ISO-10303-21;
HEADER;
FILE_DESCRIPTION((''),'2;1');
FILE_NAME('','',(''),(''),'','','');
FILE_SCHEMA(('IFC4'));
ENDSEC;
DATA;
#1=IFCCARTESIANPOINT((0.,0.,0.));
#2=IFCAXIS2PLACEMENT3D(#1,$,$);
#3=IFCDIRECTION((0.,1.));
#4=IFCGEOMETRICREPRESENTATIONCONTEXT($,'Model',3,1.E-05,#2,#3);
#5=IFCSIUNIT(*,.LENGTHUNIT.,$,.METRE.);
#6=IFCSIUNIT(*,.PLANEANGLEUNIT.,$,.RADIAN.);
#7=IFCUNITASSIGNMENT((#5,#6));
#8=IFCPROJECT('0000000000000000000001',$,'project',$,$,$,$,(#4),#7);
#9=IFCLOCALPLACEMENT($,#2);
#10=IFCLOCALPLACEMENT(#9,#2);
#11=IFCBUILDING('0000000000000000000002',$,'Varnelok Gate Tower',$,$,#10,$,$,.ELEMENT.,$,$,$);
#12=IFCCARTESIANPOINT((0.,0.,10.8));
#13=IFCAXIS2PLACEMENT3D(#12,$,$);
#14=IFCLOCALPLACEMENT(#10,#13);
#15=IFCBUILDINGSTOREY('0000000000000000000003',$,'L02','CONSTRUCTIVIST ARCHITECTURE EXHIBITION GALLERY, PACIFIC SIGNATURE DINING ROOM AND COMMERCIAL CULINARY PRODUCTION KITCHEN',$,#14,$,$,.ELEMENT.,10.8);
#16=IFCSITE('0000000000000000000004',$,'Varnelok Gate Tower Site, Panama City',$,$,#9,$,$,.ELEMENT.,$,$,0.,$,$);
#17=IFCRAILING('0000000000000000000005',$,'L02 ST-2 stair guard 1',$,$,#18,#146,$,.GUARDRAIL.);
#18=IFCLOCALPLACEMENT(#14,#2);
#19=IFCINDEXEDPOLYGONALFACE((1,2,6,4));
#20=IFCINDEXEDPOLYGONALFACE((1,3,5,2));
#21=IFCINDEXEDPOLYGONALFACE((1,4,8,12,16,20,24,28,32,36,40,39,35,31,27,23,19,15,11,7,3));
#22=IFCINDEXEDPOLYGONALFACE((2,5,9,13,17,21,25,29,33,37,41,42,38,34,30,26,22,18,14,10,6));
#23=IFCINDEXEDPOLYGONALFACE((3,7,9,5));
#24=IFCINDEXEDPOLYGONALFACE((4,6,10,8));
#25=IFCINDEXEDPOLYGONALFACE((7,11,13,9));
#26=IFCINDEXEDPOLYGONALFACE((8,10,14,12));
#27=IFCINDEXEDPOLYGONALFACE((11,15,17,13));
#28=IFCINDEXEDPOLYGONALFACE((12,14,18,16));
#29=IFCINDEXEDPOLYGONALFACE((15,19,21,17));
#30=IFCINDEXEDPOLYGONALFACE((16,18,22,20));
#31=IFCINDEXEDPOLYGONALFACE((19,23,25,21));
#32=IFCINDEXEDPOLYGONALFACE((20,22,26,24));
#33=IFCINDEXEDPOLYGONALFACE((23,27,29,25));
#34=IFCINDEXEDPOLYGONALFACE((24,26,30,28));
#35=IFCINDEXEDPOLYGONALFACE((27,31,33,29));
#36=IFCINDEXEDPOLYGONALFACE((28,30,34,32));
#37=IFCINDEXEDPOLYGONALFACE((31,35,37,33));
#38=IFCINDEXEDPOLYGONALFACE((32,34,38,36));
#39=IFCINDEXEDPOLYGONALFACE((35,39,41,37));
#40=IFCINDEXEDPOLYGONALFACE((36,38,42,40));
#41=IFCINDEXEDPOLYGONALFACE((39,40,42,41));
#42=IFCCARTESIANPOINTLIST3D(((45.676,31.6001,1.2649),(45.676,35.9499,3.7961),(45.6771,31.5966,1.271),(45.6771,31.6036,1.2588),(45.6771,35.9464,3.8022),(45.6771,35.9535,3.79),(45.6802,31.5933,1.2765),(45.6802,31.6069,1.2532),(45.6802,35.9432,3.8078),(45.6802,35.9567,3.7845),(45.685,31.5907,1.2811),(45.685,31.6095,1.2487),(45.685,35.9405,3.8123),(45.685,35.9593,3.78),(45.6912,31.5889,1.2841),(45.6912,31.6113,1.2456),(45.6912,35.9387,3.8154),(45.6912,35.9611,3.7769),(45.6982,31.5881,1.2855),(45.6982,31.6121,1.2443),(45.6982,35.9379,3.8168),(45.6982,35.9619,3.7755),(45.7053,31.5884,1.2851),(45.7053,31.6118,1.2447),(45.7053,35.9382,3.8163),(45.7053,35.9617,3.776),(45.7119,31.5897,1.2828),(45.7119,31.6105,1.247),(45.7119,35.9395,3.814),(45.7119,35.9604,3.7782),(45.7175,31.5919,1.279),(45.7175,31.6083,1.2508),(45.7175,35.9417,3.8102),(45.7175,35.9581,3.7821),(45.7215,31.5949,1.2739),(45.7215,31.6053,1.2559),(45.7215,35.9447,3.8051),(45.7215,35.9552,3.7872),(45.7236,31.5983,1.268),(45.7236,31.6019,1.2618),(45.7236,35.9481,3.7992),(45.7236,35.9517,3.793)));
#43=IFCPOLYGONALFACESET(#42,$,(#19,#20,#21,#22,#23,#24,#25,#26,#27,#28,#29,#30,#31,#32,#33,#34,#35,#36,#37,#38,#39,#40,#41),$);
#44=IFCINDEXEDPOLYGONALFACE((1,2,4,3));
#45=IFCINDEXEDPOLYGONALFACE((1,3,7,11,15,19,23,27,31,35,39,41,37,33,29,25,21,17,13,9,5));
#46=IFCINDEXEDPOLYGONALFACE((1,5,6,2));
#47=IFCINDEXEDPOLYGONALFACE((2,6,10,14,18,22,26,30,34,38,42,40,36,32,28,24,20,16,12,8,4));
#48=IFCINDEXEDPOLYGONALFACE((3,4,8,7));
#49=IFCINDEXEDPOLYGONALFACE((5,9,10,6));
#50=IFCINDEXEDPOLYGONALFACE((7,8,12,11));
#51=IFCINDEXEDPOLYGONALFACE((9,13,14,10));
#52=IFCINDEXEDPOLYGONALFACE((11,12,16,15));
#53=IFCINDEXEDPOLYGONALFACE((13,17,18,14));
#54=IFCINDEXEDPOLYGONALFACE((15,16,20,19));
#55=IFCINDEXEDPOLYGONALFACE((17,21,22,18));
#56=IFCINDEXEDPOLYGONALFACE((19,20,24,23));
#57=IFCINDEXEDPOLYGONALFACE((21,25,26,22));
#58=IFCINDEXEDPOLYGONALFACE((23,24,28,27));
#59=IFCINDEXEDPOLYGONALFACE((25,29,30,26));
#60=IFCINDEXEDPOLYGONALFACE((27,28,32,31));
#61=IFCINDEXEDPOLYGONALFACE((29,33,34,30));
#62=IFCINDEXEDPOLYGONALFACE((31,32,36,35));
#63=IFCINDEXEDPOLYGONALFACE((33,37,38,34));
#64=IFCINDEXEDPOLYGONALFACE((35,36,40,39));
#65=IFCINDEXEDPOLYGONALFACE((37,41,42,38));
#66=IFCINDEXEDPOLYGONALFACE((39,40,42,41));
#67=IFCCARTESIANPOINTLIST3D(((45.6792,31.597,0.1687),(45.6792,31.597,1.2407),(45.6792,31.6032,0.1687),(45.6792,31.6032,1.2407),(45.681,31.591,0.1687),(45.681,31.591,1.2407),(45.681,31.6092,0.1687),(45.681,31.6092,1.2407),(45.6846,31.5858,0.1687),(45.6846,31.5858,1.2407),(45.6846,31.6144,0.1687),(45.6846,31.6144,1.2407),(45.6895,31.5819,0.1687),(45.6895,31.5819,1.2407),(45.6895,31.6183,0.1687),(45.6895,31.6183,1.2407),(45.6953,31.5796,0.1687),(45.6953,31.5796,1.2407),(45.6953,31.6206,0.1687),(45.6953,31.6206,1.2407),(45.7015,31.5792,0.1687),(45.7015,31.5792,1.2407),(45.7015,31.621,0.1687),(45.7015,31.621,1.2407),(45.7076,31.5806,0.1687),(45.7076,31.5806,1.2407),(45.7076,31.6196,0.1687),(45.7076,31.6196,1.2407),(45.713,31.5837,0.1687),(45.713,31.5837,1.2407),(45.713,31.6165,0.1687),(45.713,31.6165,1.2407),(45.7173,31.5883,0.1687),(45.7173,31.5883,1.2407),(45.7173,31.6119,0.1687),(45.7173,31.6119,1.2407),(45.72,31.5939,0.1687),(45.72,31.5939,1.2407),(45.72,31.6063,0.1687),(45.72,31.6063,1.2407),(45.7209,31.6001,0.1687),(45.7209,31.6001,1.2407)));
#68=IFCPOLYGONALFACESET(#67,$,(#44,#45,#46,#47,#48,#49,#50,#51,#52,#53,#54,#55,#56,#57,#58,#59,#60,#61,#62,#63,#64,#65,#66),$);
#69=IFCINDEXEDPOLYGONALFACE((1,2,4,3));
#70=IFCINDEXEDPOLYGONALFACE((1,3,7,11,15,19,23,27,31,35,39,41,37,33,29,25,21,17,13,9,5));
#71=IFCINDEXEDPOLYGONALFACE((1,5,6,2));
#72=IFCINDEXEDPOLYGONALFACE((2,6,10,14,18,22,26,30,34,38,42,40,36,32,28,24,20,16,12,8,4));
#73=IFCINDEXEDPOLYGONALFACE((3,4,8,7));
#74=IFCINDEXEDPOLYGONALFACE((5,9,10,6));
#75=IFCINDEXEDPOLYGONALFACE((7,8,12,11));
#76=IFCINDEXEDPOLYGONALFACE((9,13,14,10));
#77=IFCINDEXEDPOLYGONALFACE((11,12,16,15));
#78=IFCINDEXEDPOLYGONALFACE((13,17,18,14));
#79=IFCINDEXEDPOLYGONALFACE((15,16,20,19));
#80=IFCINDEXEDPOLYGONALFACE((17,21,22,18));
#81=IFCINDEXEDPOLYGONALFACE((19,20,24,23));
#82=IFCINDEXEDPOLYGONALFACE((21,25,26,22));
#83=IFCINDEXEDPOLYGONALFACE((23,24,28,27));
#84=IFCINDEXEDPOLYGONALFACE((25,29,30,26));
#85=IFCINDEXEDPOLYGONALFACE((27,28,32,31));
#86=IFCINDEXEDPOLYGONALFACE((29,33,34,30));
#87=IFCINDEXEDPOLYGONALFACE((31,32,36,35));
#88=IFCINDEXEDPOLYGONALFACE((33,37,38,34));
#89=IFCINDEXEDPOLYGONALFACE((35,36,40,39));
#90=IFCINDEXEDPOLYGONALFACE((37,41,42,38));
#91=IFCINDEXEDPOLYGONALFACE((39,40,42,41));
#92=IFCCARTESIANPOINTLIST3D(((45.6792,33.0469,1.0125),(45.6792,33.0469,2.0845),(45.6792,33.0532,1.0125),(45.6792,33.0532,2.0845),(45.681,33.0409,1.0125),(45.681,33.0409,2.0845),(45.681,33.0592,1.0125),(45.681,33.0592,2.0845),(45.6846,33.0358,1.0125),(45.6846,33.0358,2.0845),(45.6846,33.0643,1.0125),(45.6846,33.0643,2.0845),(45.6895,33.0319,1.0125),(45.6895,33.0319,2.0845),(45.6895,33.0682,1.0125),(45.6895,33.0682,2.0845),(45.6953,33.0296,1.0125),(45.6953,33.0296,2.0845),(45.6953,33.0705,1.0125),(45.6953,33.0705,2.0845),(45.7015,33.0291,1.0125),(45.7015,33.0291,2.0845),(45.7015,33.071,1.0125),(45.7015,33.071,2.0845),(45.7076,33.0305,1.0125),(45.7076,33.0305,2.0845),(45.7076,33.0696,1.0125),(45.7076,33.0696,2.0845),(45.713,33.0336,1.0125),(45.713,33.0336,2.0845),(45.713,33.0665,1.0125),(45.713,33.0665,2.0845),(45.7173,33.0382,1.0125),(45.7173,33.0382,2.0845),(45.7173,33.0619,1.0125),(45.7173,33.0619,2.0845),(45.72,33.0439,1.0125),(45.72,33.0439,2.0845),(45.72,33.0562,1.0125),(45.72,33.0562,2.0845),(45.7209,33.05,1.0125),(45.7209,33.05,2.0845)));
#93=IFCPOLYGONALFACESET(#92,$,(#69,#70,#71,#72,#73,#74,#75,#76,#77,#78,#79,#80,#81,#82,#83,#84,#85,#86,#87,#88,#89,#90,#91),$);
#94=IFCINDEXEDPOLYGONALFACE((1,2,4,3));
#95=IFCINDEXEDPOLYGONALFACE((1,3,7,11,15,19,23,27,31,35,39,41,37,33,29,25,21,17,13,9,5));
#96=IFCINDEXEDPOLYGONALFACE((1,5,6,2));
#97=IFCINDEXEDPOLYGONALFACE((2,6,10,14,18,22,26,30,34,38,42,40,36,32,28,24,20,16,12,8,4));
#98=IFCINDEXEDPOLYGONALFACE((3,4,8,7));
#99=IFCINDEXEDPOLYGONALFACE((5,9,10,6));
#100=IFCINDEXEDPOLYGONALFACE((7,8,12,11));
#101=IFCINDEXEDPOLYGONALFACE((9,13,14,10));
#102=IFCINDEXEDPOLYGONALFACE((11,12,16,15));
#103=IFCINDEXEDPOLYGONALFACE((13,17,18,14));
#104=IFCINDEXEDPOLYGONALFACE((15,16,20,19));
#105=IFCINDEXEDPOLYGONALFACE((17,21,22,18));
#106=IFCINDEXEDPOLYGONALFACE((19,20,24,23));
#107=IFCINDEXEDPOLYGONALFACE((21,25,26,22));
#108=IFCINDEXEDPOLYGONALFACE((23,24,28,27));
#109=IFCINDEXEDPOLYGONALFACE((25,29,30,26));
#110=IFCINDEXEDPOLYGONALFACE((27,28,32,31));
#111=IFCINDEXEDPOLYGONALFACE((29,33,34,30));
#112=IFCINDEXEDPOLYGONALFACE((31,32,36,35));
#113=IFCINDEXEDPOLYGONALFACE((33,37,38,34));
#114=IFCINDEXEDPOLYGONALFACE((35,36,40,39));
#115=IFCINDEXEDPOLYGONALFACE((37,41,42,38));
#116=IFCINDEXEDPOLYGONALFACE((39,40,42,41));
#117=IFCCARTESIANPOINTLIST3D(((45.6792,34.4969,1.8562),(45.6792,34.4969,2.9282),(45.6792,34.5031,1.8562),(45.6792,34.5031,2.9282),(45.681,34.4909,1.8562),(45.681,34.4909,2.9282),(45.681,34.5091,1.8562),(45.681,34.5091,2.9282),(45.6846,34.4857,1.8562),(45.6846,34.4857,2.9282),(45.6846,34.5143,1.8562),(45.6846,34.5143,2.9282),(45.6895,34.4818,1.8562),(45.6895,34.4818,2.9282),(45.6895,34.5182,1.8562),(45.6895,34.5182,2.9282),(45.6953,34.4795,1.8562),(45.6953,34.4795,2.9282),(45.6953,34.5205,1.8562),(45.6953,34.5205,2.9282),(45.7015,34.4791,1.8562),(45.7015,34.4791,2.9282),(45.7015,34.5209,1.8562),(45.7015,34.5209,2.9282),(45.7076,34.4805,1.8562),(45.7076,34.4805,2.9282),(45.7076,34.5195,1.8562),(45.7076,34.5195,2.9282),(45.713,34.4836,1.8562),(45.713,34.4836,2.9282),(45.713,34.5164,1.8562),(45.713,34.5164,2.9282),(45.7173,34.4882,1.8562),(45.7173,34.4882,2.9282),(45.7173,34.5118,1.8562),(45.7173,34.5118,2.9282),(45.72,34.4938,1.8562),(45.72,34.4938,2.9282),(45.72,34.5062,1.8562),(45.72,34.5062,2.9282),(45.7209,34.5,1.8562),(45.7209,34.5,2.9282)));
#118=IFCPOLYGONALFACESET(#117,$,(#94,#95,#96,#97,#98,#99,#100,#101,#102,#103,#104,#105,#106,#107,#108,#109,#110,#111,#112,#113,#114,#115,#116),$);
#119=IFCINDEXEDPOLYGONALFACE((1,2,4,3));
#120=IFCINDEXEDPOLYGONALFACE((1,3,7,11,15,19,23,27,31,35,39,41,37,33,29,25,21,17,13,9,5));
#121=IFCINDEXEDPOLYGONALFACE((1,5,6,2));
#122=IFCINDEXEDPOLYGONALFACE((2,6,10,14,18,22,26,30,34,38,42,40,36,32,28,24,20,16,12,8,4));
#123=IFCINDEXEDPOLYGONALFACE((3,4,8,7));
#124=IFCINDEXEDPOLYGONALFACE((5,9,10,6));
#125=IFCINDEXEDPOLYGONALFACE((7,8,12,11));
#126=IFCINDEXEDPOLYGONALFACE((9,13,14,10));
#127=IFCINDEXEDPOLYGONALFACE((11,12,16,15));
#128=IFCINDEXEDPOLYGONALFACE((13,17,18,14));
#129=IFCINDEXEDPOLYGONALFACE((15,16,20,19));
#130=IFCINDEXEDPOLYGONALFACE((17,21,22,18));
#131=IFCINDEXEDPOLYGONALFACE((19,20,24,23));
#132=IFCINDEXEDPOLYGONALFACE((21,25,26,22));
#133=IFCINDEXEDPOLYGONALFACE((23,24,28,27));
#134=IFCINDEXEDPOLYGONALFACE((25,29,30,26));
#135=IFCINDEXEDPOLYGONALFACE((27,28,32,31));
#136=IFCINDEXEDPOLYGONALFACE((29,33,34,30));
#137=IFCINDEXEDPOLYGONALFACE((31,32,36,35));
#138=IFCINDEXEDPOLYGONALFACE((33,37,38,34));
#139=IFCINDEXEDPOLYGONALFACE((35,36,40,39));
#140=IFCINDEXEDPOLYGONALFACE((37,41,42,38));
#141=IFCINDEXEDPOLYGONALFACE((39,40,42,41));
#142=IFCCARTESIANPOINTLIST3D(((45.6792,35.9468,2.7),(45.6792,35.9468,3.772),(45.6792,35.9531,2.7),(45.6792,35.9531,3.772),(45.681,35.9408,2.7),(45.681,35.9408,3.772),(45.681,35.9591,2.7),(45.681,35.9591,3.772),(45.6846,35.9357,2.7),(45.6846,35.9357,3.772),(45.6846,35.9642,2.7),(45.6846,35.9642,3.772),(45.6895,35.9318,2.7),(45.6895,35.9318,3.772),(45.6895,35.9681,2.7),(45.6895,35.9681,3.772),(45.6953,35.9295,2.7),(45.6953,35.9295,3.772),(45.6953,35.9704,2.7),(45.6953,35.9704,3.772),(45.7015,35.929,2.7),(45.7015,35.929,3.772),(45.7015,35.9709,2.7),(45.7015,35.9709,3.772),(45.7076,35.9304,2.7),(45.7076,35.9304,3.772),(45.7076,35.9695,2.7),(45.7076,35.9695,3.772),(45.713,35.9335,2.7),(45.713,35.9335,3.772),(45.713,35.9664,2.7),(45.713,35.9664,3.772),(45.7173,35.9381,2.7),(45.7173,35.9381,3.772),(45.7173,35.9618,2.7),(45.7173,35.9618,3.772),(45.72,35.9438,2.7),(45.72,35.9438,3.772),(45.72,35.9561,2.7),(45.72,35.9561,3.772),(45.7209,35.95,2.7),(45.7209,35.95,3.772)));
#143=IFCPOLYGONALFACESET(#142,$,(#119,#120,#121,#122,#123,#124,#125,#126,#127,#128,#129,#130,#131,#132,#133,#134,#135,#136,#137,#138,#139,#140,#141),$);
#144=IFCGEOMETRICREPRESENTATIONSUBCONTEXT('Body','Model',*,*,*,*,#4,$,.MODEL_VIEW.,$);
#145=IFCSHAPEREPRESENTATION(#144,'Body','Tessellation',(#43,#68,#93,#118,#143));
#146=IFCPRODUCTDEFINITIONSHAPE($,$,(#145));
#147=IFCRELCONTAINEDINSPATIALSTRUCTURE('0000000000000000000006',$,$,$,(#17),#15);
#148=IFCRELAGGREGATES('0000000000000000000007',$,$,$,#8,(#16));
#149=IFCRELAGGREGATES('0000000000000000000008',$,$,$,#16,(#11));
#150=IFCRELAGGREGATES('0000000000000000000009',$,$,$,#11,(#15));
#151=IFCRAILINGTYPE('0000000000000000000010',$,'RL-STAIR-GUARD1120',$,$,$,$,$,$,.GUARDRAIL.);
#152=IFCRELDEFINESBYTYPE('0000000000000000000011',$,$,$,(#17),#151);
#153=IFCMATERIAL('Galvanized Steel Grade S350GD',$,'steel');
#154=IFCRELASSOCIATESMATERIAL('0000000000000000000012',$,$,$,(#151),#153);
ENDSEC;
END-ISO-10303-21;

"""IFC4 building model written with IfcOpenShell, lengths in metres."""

from ifc_helpers import new_model, si_unit, direction, frame, origin, origin_2d, place, context, subcontext, project, spatial, circle, extrude, material, type_object, element, save


model = new_model("IFC4")

# Units and contexts
model_context = context("Model", 3, precision=1e-05, world=origin(), true_north=direction((0.0, 1.0)))
body_context = subcontext(model_context, "Body", "Model", "MODEL_VIEW")
ifc_project = project(units=[si_unit("LENGTHUNIT", "METRE"), si_unit("PLANEANGLEUNIT", "RADIAN")], contexts=[model_context])

# Site, building, storey
site_placement = place(None, origin())
site = spatial("IfcSite", under=ifc_project, at=site_placement, Name="Varnelok Gate Tower Site, Panama City", CompositionType="ELEMENT", RefElevation=0.0)
building_placement = place(site_placement, origin())
building = spatial("IfcBuilding", under=site, at=building_placement, Name="Varnelok Gate Tower", CompositionType="ELEMENT")
storey_placement = place(building_placement, frame((0.0, 0.0, 10.8)))
storey = spatial("IfcBuildingStorey", under=building, at=storey_placement, Name="L02", Description="CONSTRUCTIVIST ARCHITECTURE EXHIBITION GALLERY, PACIFIC SIGNATURE DINING ROOM AND COMMERCIAL CULINARY PRODUCTION KITCHEN", CompositionType="ELEMENT", Elevation=10.8)

# Shared definitions
ifc_material_1 = material(Name="Galvanized Steel Grade S350GD", Category="steel")

# Railing
railing_type_1 = type_object("IfcRailingType", Name="RL-STAIR-GUARD1120", PredefinedType="GUARDRAIL", material=ifc_material_1)
railing_1_placement = place(storey_placement, frame((45.7, 31.6001, 0.1687)))
element("IfcRailing", 1, at=railing_1_placement, inside=storey, type_object=railing_type_1, Name="L02 ST-2 stair guard 1", PredefinedType="GUARDRAIL", context=body_context, shape_type="SweptSolid", body=[
    extrude(circle(Radius=0.0239, at=origin_2d()), frame((0.0, 0.0, 1.0962), z_axis=(0.0, 0.864312, 0.502957), x_axis=(-1.0, 0.0, 0.0)), (0.0, 0.0, 1.0), 5.0327),
    extrude(circle(Radius=0.021, at=origin_2d()), origin(), (0.0, 0.0, 1.0), 1.072),
    extrude(circle(Radius=0.021, at=origin_2d()), frame((0.0, 1.45, 0.8438)), (0.0, 0.0, 1.0), 1.072),
    extrude(circle(Radius=0.021, at=origin_2d()), frame((0.0, 2.8999, 1.6875)), (0.0, 0.0, 1.0), 1.072),
    extrude(circle(Radius=0.021, at=origin_2d()), frame((0.0, 4.3499, 2.5312)), (0.0, 0.0, 1.0), 1.072),
])

save(model, "model.ifc")
